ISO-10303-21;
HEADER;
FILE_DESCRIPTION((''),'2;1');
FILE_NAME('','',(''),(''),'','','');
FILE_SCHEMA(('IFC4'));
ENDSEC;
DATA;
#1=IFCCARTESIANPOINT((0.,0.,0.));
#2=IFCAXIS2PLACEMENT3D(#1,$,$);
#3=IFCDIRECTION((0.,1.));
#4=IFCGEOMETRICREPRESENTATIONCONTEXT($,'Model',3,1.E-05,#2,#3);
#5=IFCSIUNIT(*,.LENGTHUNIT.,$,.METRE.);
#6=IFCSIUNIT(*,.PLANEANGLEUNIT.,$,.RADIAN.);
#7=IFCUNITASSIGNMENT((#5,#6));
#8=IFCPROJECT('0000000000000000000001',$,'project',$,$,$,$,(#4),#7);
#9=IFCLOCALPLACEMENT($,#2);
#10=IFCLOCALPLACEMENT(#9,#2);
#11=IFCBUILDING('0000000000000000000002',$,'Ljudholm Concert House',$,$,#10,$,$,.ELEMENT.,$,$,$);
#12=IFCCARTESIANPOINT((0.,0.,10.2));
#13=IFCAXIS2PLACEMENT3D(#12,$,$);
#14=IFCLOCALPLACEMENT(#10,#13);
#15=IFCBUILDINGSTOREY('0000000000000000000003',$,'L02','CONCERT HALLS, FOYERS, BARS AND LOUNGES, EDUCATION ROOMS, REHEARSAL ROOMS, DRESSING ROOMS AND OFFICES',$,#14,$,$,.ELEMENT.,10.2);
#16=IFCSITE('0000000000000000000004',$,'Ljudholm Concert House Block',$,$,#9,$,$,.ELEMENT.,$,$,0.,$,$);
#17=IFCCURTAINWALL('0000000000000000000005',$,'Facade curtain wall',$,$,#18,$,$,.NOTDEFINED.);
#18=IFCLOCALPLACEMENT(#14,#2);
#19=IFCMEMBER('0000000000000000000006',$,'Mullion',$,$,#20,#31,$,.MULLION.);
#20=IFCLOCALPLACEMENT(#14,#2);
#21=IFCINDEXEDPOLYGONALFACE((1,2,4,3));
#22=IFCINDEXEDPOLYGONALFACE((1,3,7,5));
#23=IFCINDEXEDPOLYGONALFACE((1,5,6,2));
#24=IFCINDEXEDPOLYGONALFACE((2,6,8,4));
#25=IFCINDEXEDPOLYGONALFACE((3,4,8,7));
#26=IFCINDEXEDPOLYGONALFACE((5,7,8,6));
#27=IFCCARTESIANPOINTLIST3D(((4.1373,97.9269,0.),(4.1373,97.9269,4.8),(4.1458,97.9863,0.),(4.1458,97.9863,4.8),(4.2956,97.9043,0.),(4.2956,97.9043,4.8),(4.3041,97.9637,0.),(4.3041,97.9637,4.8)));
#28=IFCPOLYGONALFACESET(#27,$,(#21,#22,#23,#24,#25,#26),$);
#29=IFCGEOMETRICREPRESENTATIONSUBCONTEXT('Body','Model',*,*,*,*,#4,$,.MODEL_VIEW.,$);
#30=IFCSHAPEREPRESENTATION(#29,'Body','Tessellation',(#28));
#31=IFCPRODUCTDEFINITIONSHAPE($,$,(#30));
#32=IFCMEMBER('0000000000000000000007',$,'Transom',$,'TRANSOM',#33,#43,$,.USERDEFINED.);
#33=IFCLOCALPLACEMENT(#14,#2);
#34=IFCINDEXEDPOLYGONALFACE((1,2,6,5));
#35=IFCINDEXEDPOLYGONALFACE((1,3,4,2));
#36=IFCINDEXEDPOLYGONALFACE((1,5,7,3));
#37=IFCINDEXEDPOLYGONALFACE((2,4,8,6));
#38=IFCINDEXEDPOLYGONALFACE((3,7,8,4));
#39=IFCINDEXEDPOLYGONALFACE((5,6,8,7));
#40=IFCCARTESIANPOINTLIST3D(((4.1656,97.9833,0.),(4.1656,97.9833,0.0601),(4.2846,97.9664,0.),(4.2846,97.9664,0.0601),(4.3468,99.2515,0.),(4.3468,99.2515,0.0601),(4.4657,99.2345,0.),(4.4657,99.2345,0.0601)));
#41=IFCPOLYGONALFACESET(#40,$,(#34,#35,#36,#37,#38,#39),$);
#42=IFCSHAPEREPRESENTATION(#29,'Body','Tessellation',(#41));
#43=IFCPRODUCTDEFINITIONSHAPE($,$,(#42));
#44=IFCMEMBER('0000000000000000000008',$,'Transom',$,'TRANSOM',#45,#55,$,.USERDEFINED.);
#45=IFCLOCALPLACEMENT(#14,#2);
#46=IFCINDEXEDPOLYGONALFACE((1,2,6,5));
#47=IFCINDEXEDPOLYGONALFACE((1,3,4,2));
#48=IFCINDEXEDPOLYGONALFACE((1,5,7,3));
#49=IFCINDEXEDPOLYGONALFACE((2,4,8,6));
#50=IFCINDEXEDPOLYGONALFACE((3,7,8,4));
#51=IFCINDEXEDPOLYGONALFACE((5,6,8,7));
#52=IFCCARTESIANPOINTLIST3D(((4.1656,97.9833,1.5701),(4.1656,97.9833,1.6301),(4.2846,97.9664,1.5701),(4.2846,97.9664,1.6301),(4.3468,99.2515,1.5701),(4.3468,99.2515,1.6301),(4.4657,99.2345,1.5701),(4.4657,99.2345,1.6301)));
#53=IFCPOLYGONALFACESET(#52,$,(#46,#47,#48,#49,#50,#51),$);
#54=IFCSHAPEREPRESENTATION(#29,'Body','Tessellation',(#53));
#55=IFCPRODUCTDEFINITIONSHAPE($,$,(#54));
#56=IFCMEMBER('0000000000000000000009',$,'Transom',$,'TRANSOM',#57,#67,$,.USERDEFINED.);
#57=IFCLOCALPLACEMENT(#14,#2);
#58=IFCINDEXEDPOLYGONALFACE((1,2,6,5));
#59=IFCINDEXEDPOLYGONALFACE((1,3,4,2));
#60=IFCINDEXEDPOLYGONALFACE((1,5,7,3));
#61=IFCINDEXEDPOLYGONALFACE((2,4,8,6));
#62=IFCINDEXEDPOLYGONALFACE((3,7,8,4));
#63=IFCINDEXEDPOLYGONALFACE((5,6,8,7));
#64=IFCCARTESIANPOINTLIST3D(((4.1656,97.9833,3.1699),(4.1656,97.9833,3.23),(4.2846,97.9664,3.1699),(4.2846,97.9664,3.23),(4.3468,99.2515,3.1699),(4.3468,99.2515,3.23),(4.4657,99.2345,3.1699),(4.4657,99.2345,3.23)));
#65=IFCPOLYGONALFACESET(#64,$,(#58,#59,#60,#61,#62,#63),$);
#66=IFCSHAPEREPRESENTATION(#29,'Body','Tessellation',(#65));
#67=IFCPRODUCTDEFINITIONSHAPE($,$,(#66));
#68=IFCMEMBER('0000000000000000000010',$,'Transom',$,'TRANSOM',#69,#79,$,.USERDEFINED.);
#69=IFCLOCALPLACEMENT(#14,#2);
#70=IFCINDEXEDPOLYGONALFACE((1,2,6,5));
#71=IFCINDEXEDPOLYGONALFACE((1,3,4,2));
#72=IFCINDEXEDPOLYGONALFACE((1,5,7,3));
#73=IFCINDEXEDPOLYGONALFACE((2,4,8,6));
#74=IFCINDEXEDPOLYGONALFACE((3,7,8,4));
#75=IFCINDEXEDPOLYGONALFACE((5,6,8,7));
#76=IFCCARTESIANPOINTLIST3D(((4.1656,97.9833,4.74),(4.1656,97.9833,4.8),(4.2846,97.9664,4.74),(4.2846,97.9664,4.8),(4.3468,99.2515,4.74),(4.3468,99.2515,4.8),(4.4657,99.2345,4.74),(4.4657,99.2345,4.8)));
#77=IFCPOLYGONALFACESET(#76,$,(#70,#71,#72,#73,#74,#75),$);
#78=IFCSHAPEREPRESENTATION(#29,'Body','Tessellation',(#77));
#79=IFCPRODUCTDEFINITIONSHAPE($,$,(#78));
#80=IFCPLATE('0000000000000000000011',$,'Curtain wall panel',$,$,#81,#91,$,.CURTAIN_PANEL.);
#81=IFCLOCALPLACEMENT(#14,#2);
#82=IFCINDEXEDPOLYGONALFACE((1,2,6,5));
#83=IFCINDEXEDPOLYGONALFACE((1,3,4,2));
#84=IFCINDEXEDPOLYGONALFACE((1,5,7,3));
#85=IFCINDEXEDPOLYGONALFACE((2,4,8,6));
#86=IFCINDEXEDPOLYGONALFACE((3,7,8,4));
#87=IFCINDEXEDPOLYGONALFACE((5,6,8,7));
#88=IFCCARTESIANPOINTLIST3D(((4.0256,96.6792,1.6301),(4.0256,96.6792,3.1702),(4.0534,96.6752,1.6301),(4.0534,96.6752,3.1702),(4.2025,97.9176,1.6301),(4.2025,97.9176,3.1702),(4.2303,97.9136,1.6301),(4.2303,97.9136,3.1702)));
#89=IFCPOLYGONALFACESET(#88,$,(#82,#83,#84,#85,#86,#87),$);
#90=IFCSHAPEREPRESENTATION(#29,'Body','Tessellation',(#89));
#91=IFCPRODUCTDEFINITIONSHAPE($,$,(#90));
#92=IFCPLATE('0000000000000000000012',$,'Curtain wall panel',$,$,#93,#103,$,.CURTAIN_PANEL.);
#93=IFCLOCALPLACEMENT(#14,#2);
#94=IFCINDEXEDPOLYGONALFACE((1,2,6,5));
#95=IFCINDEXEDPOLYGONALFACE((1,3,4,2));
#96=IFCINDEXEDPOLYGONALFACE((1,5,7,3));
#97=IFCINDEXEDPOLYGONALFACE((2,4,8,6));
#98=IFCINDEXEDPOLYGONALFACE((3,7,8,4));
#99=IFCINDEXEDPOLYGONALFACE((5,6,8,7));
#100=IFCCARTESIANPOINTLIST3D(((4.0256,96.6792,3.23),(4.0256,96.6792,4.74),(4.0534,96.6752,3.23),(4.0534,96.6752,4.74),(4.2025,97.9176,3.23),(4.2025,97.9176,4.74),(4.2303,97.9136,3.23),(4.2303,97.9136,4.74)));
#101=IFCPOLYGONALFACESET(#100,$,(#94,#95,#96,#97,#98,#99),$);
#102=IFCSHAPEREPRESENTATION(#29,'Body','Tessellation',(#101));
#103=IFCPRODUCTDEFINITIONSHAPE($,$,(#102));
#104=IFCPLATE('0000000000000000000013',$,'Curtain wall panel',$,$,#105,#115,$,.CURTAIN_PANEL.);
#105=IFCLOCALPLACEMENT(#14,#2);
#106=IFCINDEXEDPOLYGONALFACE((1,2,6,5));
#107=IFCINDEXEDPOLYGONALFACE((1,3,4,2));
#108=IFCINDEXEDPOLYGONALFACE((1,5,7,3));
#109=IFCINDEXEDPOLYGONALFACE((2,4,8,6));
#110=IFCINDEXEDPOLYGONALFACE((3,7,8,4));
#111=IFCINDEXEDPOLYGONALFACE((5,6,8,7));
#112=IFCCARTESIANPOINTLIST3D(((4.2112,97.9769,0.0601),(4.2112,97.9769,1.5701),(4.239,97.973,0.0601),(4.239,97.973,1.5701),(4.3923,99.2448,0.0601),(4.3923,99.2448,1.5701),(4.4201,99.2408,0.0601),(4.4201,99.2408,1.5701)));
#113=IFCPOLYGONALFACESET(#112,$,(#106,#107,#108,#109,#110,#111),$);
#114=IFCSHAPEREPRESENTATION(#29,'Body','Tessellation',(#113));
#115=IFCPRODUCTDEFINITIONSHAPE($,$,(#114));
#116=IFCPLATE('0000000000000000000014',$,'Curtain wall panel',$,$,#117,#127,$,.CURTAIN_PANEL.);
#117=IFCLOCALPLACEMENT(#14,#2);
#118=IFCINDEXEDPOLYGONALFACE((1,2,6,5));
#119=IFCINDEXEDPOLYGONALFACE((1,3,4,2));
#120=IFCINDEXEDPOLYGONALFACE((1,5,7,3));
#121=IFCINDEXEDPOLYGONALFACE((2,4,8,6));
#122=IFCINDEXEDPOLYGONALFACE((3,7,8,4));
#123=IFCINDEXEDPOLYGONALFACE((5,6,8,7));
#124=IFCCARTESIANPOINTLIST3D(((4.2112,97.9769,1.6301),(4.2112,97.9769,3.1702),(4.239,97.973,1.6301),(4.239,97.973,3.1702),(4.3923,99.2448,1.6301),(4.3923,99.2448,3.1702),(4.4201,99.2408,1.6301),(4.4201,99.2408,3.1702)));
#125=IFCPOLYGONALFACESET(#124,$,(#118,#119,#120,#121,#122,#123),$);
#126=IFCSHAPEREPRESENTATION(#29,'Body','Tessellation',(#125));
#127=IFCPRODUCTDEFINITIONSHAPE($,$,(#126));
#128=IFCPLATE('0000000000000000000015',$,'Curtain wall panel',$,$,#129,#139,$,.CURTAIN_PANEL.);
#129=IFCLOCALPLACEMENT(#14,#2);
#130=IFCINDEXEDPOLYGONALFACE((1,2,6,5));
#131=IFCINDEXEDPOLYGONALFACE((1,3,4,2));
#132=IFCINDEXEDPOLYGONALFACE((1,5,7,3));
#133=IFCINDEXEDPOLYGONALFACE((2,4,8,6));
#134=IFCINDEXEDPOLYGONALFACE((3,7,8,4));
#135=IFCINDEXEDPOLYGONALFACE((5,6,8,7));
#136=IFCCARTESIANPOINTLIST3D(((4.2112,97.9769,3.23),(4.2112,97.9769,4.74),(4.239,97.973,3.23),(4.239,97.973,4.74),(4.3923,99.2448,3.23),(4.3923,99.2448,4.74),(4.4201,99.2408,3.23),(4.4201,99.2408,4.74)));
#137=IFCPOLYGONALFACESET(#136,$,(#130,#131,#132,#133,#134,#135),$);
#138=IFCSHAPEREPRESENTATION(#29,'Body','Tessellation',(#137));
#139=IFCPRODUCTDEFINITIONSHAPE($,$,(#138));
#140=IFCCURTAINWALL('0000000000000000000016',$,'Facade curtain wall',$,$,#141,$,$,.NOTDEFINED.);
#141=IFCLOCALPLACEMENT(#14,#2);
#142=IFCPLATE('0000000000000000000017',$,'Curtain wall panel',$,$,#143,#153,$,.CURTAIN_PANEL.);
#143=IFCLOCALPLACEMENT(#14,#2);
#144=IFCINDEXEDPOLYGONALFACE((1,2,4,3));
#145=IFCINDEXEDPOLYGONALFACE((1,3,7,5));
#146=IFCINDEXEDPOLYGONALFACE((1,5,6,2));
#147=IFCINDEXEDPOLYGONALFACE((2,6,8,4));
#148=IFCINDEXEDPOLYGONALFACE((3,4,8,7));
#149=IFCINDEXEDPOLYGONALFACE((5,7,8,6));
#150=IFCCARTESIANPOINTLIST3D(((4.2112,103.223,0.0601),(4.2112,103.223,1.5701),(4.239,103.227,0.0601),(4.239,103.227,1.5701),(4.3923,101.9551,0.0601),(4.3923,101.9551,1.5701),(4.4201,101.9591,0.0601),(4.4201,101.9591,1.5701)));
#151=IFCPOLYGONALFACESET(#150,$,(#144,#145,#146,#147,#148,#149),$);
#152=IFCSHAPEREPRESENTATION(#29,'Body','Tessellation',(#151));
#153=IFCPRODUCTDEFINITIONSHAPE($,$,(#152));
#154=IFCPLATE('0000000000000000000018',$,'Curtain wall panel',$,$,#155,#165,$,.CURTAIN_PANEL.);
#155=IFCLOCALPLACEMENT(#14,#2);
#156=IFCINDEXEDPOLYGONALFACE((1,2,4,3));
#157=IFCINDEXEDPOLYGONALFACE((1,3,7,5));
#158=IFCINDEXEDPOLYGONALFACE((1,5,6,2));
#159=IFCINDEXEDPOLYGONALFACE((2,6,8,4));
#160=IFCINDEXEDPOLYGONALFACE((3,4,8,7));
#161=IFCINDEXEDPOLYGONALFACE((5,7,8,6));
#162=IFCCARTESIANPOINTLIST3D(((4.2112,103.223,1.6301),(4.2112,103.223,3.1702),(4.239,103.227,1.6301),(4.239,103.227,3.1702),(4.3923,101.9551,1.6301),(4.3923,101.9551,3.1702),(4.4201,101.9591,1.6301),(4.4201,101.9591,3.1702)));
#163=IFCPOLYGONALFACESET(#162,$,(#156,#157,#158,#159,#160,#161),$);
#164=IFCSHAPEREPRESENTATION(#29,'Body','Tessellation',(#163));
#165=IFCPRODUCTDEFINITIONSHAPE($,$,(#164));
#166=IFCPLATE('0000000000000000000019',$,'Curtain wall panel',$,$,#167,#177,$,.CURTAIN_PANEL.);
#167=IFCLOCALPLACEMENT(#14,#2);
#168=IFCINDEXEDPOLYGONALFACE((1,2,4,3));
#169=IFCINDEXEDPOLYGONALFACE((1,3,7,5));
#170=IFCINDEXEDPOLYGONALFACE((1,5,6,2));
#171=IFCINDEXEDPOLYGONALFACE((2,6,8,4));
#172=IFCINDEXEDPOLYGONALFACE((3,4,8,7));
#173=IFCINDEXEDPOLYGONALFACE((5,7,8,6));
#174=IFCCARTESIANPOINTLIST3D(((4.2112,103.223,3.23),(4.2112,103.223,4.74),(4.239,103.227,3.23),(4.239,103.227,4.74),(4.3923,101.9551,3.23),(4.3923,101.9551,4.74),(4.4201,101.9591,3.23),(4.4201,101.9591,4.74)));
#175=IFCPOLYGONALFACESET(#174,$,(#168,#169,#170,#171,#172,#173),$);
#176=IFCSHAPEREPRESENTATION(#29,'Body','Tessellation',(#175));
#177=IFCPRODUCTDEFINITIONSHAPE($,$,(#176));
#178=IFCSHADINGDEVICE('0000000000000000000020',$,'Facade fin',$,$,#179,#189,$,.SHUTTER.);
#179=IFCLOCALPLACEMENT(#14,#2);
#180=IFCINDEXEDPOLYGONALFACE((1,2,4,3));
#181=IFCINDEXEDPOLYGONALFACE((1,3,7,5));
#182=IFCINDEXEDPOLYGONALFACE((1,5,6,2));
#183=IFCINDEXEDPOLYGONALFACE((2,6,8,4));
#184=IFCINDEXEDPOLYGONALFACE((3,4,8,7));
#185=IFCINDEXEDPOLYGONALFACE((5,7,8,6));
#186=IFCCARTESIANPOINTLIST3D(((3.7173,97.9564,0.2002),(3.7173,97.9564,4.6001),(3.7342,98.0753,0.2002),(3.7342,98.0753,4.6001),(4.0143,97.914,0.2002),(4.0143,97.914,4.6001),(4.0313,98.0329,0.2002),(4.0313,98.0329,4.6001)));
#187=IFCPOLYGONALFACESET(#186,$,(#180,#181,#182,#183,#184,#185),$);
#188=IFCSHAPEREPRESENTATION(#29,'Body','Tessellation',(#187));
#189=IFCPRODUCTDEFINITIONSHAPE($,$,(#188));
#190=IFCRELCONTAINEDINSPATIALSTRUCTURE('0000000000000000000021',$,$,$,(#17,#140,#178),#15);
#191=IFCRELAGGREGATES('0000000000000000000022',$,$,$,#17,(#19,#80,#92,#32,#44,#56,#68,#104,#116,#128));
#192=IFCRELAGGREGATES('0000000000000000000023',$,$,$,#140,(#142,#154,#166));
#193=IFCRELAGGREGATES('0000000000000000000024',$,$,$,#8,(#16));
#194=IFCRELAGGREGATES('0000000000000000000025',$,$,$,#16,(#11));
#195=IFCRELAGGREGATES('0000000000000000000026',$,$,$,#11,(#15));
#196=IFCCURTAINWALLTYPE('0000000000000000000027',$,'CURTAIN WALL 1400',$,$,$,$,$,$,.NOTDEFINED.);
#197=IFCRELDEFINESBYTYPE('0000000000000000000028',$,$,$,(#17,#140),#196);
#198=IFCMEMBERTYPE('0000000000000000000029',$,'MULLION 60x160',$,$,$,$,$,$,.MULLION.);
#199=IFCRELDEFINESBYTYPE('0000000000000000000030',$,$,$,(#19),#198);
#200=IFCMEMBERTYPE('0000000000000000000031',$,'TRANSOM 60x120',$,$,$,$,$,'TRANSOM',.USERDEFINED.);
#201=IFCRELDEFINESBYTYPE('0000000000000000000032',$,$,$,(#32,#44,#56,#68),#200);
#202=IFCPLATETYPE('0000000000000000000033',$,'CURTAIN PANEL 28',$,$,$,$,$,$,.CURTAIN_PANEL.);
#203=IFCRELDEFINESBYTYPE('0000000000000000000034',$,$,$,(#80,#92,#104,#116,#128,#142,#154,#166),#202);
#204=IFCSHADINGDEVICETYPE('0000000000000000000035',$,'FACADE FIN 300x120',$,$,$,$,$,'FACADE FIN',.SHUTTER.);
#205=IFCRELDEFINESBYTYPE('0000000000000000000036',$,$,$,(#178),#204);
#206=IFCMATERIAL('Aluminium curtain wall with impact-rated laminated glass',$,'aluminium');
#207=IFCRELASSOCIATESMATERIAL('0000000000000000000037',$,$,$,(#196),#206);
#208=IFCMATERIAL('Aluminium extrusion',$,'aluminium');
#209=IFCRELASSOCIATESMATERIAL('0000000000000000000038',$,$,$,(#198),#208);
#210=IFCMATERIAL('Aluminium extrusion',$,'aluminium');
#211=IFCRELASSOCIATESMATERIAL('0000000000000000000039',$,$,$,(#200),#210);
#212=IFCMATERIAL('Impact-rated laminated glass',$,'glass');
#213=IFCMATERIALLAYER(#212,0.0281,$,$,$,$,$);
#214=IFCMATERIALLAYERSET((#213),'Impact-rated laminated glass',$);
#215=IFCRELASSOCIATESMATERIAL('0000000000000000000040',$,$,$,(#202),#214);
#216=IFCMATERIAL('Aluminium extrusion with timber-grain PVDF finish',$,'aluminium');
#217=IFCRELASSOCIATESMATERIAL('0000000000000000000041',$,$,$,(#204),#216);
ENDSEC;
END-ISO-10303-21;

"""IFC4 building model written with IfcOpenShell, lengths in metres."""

from ifc_helpers import new_model, si_unit, direction, frame, origin, origin_2d, place, context, subcontext, project, spatial, rectangle, extrude, material, layer, layer_set, material_profile, profile_set, type_object, element, aggregate, save


model = new_model("IFC4")

# Units and contexts
model_context = context("Model", 3, precision=1e-05, world=origin(), true_north=direction((0.0, 1.0)))
body_context = subcontext(model_context, "Body", "Model", "MODEL_VIEW")
ifc_project = project(units=[si_unit("LENGTHUNIT", "METRE"), si_unit("PLANEANGLEUNIT", "RADIAN")], contexts=[model_context])

# Site, building, storey
site_placement = place(None, origin())
site = spatial("IfcSite", under=ifc_project, at=site_placement, Name="Ljudholm Concert House Block", CompositionType="ELEMENT", RefElevation=0.0)
building_placement = place(site_placement, origin())
building = spatial("IfcBuilding", under=site, at=building_placement, Name="Ljudholm Concert House", CompositionType="ELEMENT")
storey_placement = place(building_placement, frame((0.0, 0.0, 10.2)))
storey = spatial("IfcBuildingStorey", under=building, at=storey_placement, Name="L02", Description="CONCERT HALLS, FOYERS, BARS AND LOUNGES, EDUCATION ROOMS, REHEARSAL ROOMS, DRESSING ROOMS AND OFFICES", CompositionType="ELEMENT", Elevation=10.2)

# Curtain wall, members, plates
ifc_material_1 = material(Name="Aluminium curtain wall with impact-rated laminated glass", Category="aluminium")
curtain_wall_type = type_object("IfcCurtainWallType", Name="CURTAIN WALL 1400", PredefinedType="NOTDEFINED", material=ifc_material_1)
curtain_wall_1_placement = place(storey_placement, origin())
curtain_wall_1 = element("IfcCurtainWall", 1, at=curtain_wall_1_placement, inside=storey, type_object=curtain_wall_type, Name="Facade curtain wall", PredefinedType="NOTDEFINED")
ifc_material_2 = material(Name="Aluminium extrusion", Category="aluminium")
ifc_material_profile_1 = material_profile(ifc_material_2, rectangle(XDim=0.1599, YDim=0.0601, at=origin_2d()), Name="MULLION 60x160")
ifc_profile_set_1 = profile_set([ifc_material_profile_1], Name="Aluminium extrusion")
member_type_1 = type_object("IfcMemberType", Name="MULLION 60x160", PredefinedType="MULLION", material=ifc_profile_set_1)
member_1_placement = place(storey_placement, frame((4.2207, 97.9453, 0.0), z_axis=(0.0, 0.0, 1.0), x_axis=(-0.989949, 0.141421, 0.0)))
member_1 = element("IfcMember", 2, at=member_1_placement, type_object=member_type_1, Name="Mullion", PredefinedType="MULLION", context=body_context, shape_type="SweptSolid", body=[
    extrude(rectangle(XDim=0.1599, YDim=0.0601, at=origin_2d()), origin(), (0.0, 0.0, 1.0), 4.8),
])
ifc_material_3 = material(Name="Aluminium extrusion", Category="aluminium")
ifc_material_profile_2 = material_profile(ifc_material_3, rectangle(XDim=0.1201, YDim=0.0601, at=origin_2d()), Name="TRANSOM 60x120")
ifc_profile_set_2 = profile_set([ifc_material_profile_2], Name="Aluminium extrusion")
member_type_2 = type_object("IfcMemberType", Name="TRANSOM 60x120", ElementType="TRANSOM", PredefinedType="USERDEFINED", material=ifc_profile_set_2)
member_2_placement = place(storey_placement, frame((4.2251, 97.9749, 0.03), z_axis=(0.141421, 0.989949, 0.0), x_axis=(-0.989949, 0.141421, 0.0)))
member_2 = element("IfcMember", 3, at=member_2_placement, type_object=member_type_2, Name="Transom", ObjectType="TRANSOM", PredefinedType="USERDEFINED", context=body_context, shape_type="SweptSolid", body=[
    extrude(rectangle(XDim=0.1201, YDim=0.0601, at=origin_2d()), origin(), (0.0, 0.0, 1.0), 1.281),
])
member_3_placement = place(storey_placement, frame((4.2251, 97.9749, 1.6001), z_axis=(0.141421, 0.989949, 0.0), x_axis=(-0.989949, 0.141421, 0.0)))
member_3 = element("IfcMember", 4, at=member_3_placement, type_object=member_type_2, Name="Transom", ObjectType="TRANSOM", PredefinedType="USERDEFINED", context=body_context, shape_type="SweptSolid", body=[
    extrude(rectangle(XDim=0.1201, YDim=0.0601, at=origin_2d()), origin(), (0.0, 0.0, 1.0), 1.281),
])
member_4_placement = place(storey_placement, frame((4.2251, 97.9749, 3.2), z_axis=(0.141421, 0.989949, 0.0), x_axis=(-0.989949, 0.141421, 0.0)))
member_4 = element("IfcMember", 5, at=member_4_placement, type_object=member_type_2, Name="Transom", ObjectType="TRANSOM", PredefinedType="USERDEFINED", context=body_context, shape_type="SweptSolid", body=[
    extrude(rectangle(XDim=0.1201, YDim=0.0601, at=origin_2d()), origin(), (0.0, 0.0, 1.0), 1.281),
])
member_5_placement = place(storey_placement, frame((4.2251, 97.9749, 4.77), z_axis=(0.141421, 0.989949, 0.0), x_axis=(-0.989949, 0.141421, 0.0)))
member_5 = element("IfcMember", 6, at=member_5_placement, type_object=member_type_2, Name="Transom", ObjectType="TRANSOM", PredefinedType="USERDEFINED", context=body_context, shape_type="SweptSolid", body=[
    extrude(rectangle(XDim=0.1201, YDim=0.0601, at=origin_2d()), origin(), (0.0, 0.0, 1.0), 1.281),
])
ifc_material_4 = material(Name="Impact-rated laminated glass", Category="glass")
ifc_layer = layer(ifc_material_4, 0.0281)
ifc_layer_set = layer_set([ifc_layer], Name="Impact-rated laminated glass")
plate_type = type_object("IfcPlateType", Name="CURTAIN PANEL 28", PredefinedType="CURTAIN_PANEL", material=ifc_layer_set)
plate_1_placement = place(storey_placement, frame((4.1279, 97.2964, 1.6301), z_axis=(0.0, 0.0, 1.0), x_axis=(0.141421, 0.989949, 0.0)))
plate_1 = element("IfcPlate", 7, at=plate_1_placement, type_object=plate_type, Name="Curtain wall panel", PredefinedType="CURTAIN_PANEL", context=body_context, shape_type="SweptSolid", body=[
    extrude(rectangle(XDim=1.251, YDim=0.0281, at=origin_2d()), origin(), (0.0, 0.0, 1.0), 1.54),
])
plate_2_placement = place(storey_placement, frame((4.1279, 97.2964, 3.23), z_axis=(0.0, 0.0, 1.0), x_axis=(0.141421, 0.989949, 0.0)))
plate_2 = element("IfcPlate", 8, at=plate_2_placement, type_object=plate_type, Name="Curtain wall panel", PredefinedType="CURTAIN_PANEL", context=body_context, shape_type="SweptSolid", body=[
    extrude(rectangle(XDim=1.251, YDim=0.0281, at=origin_2d()), origin(), (0.0, 0.0, 1.0), 1.51),
])
plate_3_placement = place(storey_placement, frame((4.3157, 98.6089, 0.0601), z_axis=(0.0, 0.0, 1.0), x_axis=(0.141421, 0.989949, 0.0)))
plate_3 = element("IfcPlate", 9, at=plate_3_placement, type_object=plate_type, Name="Curtain wall panel", PredefinedType="CURTAIN_PANEL", context=body_context, shape_type="SweptSolid", body=[
    extrude(rectangle(XDim=1.2808, YDim=0.0281, at=origin_2d()), origin(), (0.0, 0.0, 1.0), 1.51),
])
plate_4_placement = place(storey_placement, frame((4.3157, 98.6089, 1.6301), z_axis=(0.0, 0.0, 1.0), x_axis=(0.141421, 0.989949, 0.0)))
plate_4 = element("IfcPlate", 10, at=plate_4_placement, type_object=plate_type, Name="Curtain wall panel", PredefinedType="CURTAIN_PANEL", context=body_context, shape_type="SweptSolid", body=[
    extrude(rectangle(XDim=1.2808, YDim=0.0281, at=origin_2d()), origin(), (0.0, 0.0, 1.0), 1.54),
])
plate_5_placement = place(storey_placement, frame((4.3157, 98.6089, 3.23), z_axis=(0.0, 0.0, 1.0), x_axis=(0.141421, 0.989949, 0.0)))
plate_5 = element("IfcPlate", 11, at=plate_5_placement, type_object=plate_type, Name="Curtain wall panel", PredefinedType="CURTAIN_PANEL", context=body_context, shape_type="SweptSolid", body=[
    extrude(rectangle(XDim=1.2808, YDim=0.0281, at=origin_2d()), origin(), (0.0, 0.0, 1.0), 1.51),
])
aggregate(curtain_wall_1, [member_1, plate_1, plate_2, member_2, member_3, member_4, member_5, plate_3, plate_4, plate_5])

# Curtain wall, plates
curtain_wall_2_placement = place(storey_placement, origin())
curtain_wall_2 = element("IfcCurtainWall", 12, at=curtain_wall_2_placement, inside=storey, type_object=curtain_wall_type, Name="Facade curtain wall", PredefinedType="NOTDEFINED")
plate_6_placement = place(storey_placement, frame((4.3157, 102.5911, 0.0601), z_axis=(0.0, 0.0, 1.0), x_axis=(-0.141421, 0.989949, 0.0)))
plate_6 = element("IfcPlate", 13, at=plate_6_placement, type_object=plate_type, Name="Curtain wall panel", PredefinedType="CURTAIN_PANEL", context=body_context, shape_type="SweptSolid", body=[
    extrude(rectangle(XDim=1.2808, YDim=0.0281, at=origin_2d()), origin(), (0.0, 0.0, 1.0), 1.51),
])
plate_7_placement = place(storey_placement, frame((4.3157, 102.5911, 1.6301), z_axis=(0.0, 0.0, 1.0), x_axis=(-0.141421, 0.989949, 0.0)))
plate_7 = element("IfcPlate", 14, at=plate_7_placement, type_object=plate_type, Name="Curtain wall panel", PredefinedType="CURTAIN_PANEL", context=body_context, shape_type="SweptSolid", body=[
    extrude(rectangle(XDim=1.2808, YDim=0.0281, at=origin_2d()), origin(), (0.0, 0.0, 1.0), 1.54),
])
plate_8_placement = place(storey_placement, frame((4.3157, 102.5911, 3.23), z_axis=(0.0, 0.0, 1.0), x_axis=(-0.141421, 0.989949, 0.0)))
plate_8 = element("IfcPlate", 15, at=plate_8_placement, type_object=plate_type, Name="Curtain wall panel", PredefinedType="CURTAIN_PANEL", context=body_context, shape_type="SweptSolid", body=[
    extrude(rectangle(XDim=1.2808, YDim=0.0281, at=origin_2d()), origin(), (0.0, 0.0, 1.0), 1.51),
])
aggregate(curtain_wall_2, [plate_6, plate_7, plate_8])

# Shading device
ifc_material_5 = material(Name="Aluminium extrusion with timber-grain PVDF finish", Category="aluminium")
shading_device_type = type_object("IfcShadingDeviceType", Name="FACADE FIN 300x120", ElementType="FACADE FIN", PredefinedType="SHUTTER", material=ifc_material_5)
for number, where, z_axis, x_axis, name in (
    (16, (3.8743, 97.9946, 0.2002), (0.0, 0.0, 1.0), (-0.989949, 0.141421, 0.0), "Facade fin"),
):
    element("IfcShadingDevice", number, at=place(storey_placement, frame(where, z_axis=z_axis, x_axis=x_axis)), inside=storey, type_object=shading_device_type, Name=name, PredefinedType="SHUTTER", context=body_context, shape_type="SweptSolid", body=[
        extrude(rectangle(XDim=0.3, YDim=0.1201, at=origin_2d()), origin(), (0.0, 0.0, 1.0), 4.3999),
    ])

save(model, "model.ifc")
